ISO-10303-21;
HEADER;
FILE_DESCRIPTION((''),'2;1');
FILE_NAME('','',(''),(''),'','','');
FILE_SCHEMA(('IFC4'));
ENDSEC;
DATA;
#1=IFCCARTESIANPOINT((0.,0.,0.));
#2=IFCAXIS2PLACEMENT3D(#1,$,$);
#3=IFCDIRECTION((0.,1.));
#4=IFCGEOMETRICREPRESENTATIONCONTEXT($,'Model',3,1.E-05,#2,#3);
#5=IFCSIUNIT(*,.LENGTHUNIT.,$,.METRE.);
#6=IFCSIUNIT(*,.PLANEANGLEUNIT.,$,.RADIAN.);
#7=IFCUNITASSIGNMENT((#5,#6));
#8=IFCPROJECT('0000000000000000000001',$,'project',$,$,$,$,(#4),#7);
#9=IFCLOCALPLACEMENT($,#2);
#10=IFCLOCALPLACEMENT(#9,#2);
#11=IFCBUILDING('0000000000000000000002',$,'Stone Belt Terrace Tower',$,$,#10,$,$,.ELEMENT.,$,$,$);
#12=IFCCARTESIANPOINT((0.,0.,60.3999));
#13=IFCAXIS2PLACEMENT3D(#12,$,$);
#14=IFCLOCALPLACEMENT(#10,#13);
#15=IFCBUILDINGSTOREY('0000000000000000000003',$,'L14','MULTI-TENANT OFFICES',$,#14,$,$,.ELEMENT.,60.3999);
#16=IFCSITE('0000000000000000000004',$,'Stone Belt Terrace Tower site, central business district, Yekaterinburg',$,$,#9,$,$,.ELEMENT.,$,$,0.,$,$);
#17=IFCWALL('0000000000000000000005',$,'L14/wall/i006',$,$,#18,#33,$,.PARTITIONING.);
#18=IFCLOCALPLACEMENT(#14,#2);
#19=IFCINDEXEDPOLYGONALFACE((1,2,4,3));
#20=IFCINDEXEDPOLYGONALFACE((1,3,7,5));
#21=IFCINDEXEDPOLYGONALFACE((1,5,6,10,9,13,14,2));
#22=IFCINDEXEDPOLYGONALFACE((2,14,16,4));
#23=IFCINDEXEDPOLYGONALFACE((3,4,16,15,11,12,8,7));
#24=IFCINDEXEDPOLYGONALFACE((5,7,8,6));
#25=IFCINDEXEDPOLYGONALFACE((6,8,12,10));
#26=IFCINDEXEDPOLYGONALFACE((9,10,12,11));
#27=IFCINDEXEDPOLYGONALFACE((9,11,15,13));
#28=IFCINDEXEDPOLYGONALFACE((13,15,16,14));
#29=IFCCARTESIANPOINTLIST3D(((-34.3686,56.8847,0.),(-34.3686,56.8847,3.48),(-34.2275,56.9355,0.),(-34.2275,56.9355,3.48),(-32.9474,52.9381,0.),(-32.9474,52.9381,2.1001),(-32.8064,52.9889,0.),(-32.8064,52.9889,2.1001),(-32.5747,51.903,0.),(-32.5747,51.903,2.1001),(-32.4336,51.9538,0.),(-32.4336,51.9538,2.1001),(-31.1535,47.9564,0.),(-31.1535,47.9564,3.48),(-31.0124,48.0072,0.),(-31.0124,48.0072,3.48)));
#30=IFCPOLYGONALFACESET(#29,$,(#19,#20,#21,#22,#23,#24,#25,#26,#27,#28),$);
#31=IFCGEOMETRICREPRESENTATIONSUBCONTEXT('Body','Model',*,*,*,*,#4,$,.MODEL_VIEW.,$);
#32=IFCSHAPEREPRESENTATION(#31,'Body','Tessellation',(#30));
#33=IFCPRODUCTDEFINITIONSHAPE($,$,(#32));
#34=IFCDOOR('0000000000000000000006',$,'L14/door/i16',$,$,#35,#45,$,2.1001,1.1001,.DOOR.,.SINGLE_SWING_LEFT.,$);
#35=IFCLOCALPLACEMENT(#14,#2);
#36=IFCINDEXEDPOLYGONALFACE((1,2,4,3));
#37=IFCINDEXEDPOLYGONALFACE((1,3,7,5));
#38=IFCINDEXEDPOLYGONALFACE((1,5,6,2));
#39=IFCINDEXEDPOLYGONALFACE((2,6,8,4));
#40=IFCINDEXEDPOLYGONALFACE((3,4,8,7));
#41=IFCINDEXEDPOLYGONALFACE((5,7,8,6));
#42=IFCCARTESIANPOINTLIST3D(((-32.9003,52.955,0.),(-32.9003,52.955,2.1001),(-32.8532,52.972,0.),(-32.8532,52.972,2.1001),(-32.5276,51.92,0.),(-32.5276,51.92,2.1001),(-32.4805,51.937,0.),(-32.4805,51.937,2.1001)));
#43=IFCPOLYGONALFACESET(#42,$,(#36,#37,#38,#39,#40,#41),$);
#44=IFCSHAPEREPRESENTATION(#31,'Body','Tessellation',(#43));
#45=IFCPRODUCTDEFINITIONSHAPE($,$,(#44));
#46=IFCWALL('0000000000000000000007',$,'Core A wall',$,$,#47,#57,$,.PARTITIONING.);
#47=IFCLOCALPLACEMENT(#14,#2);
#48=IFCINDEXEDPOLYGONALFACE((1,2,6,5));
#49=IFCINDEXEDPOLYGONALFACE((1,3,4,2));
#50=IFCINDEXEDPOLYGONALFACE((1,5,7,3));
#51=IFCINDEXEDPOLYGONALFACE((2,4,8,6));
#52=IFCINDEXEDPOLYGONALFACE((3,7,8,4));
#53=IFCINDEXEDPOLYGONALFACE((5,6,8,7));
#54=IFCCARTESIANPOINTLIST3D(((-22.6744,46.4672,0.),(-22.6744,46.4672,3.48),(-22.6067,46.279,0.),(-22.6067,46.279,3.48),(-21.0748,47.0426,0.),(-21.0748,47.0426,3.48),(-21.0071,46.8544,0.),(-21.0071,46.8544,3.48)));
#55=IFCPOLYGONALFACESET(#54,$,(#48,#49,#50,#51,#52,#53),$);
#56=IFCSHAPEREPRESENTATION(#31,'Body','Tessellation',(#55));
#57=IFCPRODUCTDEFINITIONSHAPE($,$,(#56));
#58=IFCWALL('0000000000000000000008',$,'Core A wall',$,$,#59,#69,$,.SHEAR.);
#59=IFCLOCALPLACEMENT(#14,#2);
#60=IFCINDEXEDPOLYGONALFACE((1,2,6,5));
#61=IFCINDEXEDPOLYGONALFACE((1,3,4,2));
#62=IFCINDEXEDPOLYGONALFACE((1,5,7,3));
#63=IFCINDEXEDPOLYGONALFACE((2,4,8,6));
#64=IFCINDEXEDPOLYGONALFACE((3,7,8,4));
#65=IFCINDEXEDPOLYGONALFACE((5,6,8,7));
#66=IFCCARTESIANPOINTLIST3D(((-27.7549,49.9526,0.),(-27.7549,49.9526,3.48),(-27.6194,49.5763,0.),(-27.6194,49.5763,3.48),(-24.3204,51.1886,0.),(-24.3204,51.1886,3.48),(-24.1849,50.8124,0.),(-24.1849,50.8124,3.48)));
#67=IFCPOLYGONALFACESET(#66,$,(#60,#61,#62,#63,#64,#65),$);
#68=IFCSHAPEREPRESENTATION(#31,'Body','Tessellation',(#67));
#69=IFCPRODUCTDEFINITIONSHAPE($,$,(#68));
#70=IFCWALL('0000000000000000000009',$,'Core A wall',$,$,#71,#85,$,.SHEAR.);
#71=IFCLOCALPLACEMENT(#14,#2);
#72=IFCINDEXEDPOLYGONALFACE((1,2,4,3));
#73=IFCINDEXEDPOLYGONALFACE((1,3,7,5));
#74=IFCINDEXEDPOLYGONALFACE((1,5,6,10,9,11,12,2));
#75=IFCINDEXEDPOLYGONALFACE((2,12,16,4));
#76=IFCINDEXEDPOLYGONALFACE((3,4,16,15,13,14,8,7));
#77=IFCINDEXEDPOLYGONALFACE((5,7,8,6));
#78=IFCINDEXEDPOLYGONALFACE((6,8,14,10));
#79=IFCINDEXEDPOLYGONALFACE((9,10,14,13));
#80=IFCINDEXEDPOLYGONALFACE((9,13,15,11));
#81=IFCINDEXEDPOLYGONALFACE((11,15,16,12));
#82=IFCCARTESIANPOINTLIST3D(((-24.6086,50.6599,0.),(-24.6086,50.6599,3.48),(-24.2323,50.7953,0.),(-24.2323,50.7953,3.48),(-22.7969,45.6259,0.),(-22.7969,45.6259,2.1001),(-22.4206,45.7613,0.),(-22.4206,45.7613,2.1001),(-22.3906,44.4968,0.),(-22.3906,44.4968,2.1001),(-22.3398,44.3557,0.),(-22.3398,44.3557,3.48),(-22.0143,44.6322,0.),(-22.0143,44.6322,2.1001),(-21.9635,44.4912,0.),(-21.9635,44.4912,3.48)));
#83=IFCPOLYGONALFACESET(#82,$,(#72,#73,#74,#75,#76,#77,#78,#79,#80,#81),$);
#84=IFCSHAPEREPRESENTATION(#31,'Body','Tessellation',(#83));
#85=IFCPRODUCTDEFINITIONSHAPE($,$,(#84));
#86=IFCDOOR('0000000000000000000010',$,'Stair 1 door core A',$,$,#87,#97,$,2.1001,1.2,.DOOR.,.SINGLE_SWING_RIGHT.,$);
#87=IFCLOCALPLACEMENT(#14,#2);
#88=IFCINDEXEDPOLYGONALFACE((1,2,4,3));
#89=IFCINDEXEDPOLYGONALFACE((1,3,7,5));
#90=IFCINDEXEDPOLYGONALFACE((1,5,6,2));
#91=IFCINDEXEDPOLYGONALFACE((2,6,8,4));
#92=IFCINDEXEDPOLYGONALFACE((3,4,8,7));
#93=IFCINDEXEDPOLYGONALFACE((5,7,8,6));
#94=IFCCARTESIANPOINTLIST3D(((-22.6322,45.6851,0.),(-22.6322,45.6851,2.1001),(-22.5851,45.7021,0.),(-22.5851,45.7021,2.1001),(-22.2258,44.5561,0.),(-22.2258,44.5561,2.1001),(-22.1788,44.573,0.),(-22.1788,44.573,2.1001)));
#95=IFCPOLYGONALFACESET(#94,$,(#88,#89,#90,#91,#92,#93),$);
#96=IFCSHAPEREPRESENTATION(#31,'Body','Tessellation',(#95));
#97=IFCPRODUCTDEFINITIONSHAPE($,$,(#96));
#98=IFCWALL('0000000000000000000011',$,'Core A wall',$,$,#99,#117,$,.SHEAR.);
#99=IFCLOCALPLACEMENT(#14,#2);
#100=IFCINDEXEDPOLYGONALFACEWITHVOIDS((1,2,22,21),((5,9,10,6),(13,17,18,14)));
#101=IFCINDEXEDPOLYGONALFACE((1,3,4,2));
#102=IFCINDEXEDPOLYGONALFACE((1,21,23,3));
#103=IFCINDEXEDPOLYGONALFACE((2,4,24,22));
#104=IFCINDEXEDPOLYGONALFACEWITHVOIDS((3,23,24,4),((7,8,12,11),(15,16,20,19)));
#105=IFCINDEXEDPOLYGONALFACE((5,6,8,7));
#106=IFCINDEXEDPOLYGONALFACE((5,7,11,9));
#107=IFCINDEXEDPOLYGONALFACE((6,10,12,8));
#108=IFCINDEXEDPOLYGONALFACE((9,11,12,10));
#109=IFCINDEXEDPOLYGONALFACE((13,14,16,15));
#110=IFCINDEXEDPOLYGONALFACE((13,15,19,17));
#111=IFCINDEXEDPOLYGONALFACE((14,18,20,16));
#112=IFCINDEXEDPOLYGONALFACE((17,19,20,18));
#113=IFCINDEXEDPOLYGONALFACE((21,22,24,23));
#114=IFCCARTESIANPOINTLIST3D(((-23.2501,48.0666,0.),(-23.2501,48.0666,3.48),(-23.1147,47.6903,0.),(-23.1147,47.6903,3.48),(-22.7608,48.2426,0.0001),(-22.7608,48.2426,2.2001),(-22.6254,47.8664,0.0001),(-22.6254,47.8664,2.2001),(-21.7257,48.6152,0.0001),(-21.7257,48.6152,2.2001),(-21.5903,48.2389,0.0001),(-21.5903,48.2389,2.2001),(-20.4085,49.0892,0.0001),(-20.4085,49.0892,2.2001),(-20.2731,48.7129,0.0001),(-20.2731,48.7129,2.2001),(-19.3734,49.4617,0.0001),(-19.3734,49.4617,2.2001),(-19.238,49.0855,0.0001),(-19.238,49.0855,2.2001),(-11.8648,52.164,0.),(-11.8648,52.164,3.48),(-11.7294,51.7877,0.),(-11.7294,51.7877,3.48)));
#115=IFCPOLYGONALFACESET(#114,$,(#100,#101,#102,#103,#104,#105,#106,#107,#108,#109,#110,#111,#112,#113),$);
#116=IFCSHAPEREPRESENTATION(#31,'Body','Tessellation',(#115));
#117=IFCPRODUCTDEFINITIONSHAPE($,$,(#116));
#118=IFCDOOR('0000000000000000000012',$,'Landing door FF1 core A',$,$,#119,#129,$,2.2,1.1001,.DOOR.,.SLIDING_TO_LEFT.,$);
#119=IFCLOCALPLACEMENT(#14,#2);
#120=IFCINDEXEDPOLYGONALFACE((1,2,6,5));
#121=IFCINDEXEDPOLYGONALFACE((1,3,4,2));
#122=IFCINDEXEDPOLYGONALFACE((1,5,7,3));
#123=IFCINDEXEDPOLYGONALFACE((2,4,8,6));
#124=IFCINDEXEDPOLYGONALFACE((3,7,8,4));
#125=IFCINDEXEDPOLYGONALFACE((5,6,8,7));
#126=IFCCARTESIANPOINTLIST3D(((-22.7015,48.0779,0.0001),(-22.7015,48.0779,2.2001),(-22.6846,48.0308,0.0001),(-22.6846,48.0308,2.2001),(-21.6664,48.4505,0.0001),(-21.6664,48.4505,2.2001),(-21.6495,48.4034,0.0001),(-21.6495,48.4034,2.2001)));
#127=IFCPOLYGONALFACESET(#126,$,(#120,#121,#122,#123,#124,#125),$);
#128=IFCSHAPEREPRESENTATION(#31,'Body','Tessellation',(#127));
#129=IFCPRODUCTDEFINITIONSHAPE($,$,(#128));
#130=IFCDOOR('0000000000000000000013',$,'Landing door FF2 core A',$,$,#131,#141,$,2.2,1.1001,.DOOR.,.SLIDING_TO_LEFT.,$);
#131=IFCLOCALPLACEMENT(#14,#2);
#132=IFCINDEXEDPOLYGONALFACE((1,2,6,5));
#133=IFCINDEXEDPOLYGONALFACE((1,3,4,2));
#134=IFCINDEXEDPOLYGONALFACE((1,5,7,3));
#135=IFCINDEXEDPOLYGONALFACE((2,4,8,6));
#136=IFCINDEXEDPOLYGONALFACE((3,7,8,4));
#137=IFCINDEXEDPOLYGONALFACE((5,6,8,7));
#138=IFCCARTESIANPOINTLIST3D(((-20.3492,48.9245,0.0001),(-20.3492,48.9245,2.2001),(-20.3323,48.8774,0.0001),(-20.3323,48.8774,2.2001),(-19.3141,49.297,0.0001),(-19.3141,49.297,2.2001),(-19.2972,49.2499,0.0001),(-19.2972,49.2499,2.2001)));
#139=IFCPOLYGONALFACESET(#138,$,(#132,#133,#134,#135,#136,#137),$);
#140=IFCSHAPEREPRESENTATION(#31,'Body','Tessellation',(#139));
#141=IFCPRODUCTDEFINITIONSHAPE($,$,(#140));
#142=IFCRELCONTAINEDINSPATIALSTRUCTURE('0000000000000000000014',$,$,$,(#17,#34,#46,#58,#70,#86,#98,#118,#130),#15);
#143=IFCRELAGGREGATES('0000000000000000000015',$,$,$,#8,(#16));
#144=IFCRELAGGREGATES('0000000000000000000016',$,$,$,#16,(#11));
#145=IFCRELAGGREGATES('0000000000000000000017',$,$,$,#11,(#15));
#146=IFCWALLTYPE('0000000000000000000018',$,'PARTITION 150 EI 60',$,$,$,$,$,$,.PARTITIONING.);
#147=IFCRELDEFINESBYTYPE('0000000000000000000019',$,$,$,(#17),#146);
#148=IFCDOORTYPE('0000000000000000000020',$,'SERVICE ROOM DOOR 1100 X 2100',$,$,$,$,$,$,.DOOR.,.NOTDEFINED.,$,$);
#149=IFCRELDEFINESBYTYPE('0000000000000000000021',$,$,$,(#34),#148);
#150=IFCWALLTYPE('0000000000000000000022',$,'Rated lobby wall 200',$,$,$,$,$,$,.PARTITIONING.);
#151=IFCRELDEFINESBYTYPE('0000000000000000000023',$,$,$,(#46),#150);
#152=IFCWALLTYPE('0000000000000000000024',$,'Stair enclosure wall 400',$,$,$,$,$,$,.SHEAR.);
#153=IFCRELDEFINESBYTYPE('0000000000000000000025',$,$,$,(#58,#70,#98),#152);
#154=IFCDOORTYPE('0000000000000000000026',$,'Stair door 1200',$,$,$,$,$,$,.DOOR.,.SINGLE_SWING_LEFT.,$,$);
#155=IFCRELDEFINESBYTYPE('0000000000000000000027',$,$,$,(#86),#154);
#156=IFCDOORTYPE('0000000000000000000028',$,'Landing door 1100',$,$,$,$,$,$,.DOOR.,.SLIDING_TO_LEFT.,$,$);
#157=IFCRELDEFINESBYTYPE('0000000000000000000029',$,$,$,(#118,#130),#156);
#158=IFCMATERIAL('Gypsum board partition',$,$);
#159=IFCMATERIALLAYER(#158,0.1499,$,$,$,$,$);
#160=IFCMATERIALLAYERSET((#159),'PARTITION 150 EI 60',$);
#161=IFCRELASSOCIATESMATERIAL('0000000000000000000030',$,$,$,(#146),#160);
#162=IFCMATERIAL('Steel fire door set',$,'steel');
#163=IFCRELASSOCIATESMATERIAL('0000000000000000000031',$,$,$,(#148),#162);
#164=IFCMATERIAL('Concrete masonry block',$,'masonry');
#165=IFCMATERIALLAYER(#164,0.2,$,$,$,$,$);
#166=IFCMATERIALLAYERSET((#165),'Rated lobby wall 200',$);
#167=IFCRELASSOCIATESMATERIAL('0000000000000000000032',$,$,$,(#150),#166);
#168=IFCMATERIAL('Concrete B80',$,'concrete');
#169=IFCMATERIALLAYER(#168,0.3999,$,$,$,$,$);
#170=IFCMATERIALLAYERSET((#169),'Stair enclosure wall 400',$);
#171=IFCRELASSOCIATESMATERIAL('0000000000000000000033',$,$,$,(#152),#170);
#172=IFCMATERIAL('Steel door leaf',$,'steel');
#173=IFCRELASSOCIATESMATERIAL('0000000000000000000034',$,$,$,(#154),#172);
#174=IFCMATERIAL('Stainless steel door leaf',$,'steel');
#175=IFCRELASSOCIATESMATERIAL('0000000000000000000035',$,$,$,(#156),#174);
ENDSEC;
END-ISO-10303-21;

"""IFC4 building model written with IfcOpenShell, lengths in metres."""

from ifc_helpers import new_model, si_unit, direction, frame, frame_2d, origin, place, context, subcontext, project, spatial, rectangle, extrude, material, layer, layer_set, type_object, element, fill, save


model = new_model("IFC4")

# Units and contexts
model_context = context("Model", 3, precision=1e-05, world=origin(), true_north=direction((0.0, 1.0)))
body_context = subcontext(model_context, "Body", "Model", "MODEL_VIEW")
ifc_project = project(units=[si_unit("LENGTHUNIT", "METRE"), si_unit("PLANEANGLEUNIT", "RADIAN")], contexts=[model_context])

# Site, building, storey
site_placement = place(None, origin())
site = spatial("IfcSite", under=ifc_project, at=site_placement, Name="Stone Belt Terrace Tower site, central business district, Yekaterinburg", CompositionType="ELEMENT", RefElevation=0.0)
building_placement = place(site_placement, origin())
building = spatial("IfcBuilding", under=site, at=building_placement, Name="Stone Belt Terrace Tower", CompositionType="ELEMENT")
storey_placement = place(building_placement, frame((0.0, 0.0, 60.3999)))
storey = spatial("IfcBuildingStorey", under=building, at=storey_placement, Name="L14", Description="MULTI-TENANT OFFICES", CompositionType="ELEMENT", Elevation=60.3999)

# Wall, opening, door
ifc_material_1 = material(Name="Gypsum board partition")
ifc_layer_1 = layer(ifc_material_1, 0.1499)
ifc_layer_set_1 = layer_set([ifc_layer_1], Name="PARTITION 150 EI 60")
wall_type_1 = type_object("IfcWallType", Name="PARTITION 150 EI 60", PredefinedType="PARTITIONING", material=ifc_layer_set_1)
wall_1_placement = place(storey_placement, frame((-31.083, 47.9819, 0.0), z_axis=(0.0, 0.0, 1.0), x_axis=(-0.338806, 0.940856, 0.0)))
wall_1 = element("IfcWall", 1, at=wall_1_placement, inside=storey, type_object=wall_type_1, Name="L14/wall/i006", PredefinedType="PARTITIONING", context=body_context, shape_type="SweptSolid", body=[
    extrude(rectangle(XDim=9.4895, YDim=0.1499, at=frame_2d((4.7446, 0.0))), origin(), (0.0, 0.0, 1.0), 3.48),
])
opening_1_placement = place(wall_1_placement, frame((4.1946, 0.0, 0.0)))
opening_1 = element("IfcOpeningElement", 2, at=opening_1_placement, cuts=wall_1, PredefinedType="OPENING", context=body_context, shape_type="SweptSolid", body=[
    extrude(rectangle(XDim=1.1001, YDim=2.1001, at=frame_2d((0.55, 1.05))), frame((0.0, 0.085, 0.0), z_axis=(0.0, -1.0, 0.0), x_axis=(1.0, 0.0, 0.0)), (0.0, 0.0, 1.0), 0.1699),
])
ifc_material_2 = material(Name="Steel fire door set", Category="steel")
door_type_1 = type_object("IfcDoorType", Name="SERVICE ROOM DOOR 1100 X 2100", OperationType="NOTDEFINED", PredefinedType="DOOR", material=ifc_material_2)
door_1_placement = place(opening_1_placement, origin())
door_1 = element("IfcDoor", 3, at=door_1_placement, inside=storey, type_object=door_type_1, Name="L14/door/i16", OperationType="SINGLE_SWING_LEFT", OverallHeight=2.1001, OverallWidth=1.1001, PredefinedType="DOOR", context=body_context, shape_type="SweptSolid", body=[
    extrude(rectangle(XDim=1.1001, YDim=2.1001, at=frame_2d((0.55, 1.05))), frame((0.0, 0.0249, 0.0), z_axis=(0.0, -1.0, 0.0), x_axis=(1.0, 0.0, 0.0)), (0.0, 0.0, 1.0), 0.05),
])
fill(opening_1, door_1)

# Walls
ifc_material_3 = material(Name="Concrete masonry block", Category="masonry")
ifc_layer_2 = layer(ifc_material_3, 0.2)
ifc_layer_set_2 = layer_set([ifc_layer_2], Name="Rated lobby wall 200")
wall_type_2 = type_object("IfcWallType", Name="Rated lobby wall 200", PredefinedType="PARTITIONING", material=ifc_layer_set_2)
wall_2_placement = place(storey_placement, frame((-22.6406, 46.373, 0.0), z_axis=(0.0, 0.0, 1.0), x_axis=(0.940966, 0.338501, 0.0)))
element("IfcWall", 4, at=wall_2_placement, inside=storey, type_object=wall_type_2, Name="Core A wall", PredefinedType="PARTITIONING", context=body_context, shape_type="SweptSolid", body=[
    extrude(rectangle(XDim=1.7, YDim=0.2, at=frame_2d((0.8501, 0.0))), origin(), (0.0, 0.0, 1.0), 3.48),
])
ifc_material_4 = material(Name="Concrete B80", Category="concrete")
ifc_layer_3 = layer(ifc_material_4, 0.3999)
ifc_layer_set_3 = layer_set([ifc_layer_3], Name="Stair enclosure wall 400")
wall_type_3 = type_object("IfcWallType", Name="Stair enclosure wall 400", PredefinedType="SHEAR", material=ifc_layer_set_3)
wall_3_placement = place(storey_placement, frame((-27.6873, 49.7644, 0.0), z_axis=(0.0, 0.0, 1.0), x_axis=(0.940919, 0.338632, 0.0)))
element("IfcWall", 5, at=wall_3_placement, inside=storey, type_object=wall_type_3, Name="Core A wall", PredefinedType="SHEAR", context=body_context, shape_type="SweptSolid", body=[
    extrude(rectangle(XDim=3.6501, YDim=0.3999, at=frame_2d((1.8252, 0.0))), origin(), (0.0, 0.0, 1.0), 3.48),
])

# Wall, opening, door
wall_4_placement = place(storey_placement, frame((-22.1516, 44.4233, 0.0), z_axis=(0.0, 0.0, 1.0), x_axis=(-0.338625, 0.940921, 0.0)))
wall_4 = element("IfcWall", 6, at=wall_4_placement, inside=storey, type_object=wall_type_3, Name="Core A wall", PredefinedType="SHEAR", context=body_context, shape_type="SweptSolid", body=[
    extrude(rectangle(XDim=6.7, YDim=0.3999, at=frame_2d((3.3501, 0.0))), origin(), (0.0, 0.0, 1.0), 3.48),
])
opening_2_placement = place(wall_4_placement, frame((0.1499, 0.0, 0.0)))
opening_2 = element("IfcOpeningElement", 7, at=opening_2_placement, cuts=wall_4, PredefinedType="OPENING", context=body_context, shape_type="SweptSolid", body=[
    extrude(rectangle(XDim=1.2, YDim=2.1001, at=frame_2d((0.6001, 1.05))), frame((0.0, 0.21, 0.0), z_axis=(0.0, -1.0, 0.0), x_axis=(1.0, 0.0, 0.0)), (0.0, 0.0, 1.0), 0.4199),
])
ifc_material_5 = material(Name="Steel door leaf", Category="steel")
door_type_2 = type_object("IfcDoorType", Name="Stair door 1200", OperationType="SINGLE_SWING_LEFT", PredefinedType="DOOR", material=ifc_material_5)
door_2_placement = place(opening_2_placement, origin())
door_2 = element("IfcDoor", 8, at=door_2_placement, inside=storey, type_object=door_type_2, Name="Stair 1 door core A", OperationType="SINGLE_SWING_RIGHT", OverallHeight=2.1001, OverallWidth=1.2, PredefinedType="DOOR", context=body_context, shape_type="SweptSolid", body=[
    extrude(rectangle(XDim=1.2, YDim=2.1001, at=frame_2d((0.6001, 1.05))), frame((0.0, 0.0249, 0.0), z_axis=(0.0, -1.0, 0.0), x_axis=(1.0, 0.0, 0.0)), (0.0, 0.0, 1.0), 0.05),
])
fill(opening_2, door_2)

# Wall, openings, doors
wall_5_placement = place(storey_placement, frame((-23.1824, 47.8784, 0.0), z_axis=(0.0, 0.0, 1.0), x_axis=(0.940921, 0.338626, 0.0)))
wall_5 = element("IfcWall", 9, at=wall_5_placement, inside=storey, type_object=wall_type_3, Name="Core A wall", PredefinedType="SHEAR", context=body_context, shape_type="SweptSolid", body=[
    extrude(rectangle(XDim=12.1001, YDim=0.3999, at=frame_2d((6.05, 0.0))), origin(), (0.0, 0.0, 1.0), 3.48),
])
opening_3_placement = place(wall_5_placement, frame((0.52, 0.0, 0.0)))
opening_3 = element("IfcOpeningElement", 10, at=opening_3_placement, cuts=wall_5, PredefinedType="OPENING", context=body_context, shape_type="SweptSolid", body=[
    extrude(rectangle(XDim=1.1001, YDim=2.2, at=frame_2d((0.55, 1.1001))), frame((0.0, 0.21, 0.0), z_axis=(0.0, -1.0, 0.0), x_axis=(1.0, 0.0, 0.0)), (0.0, 0.0, 1.0), 0.4199),
])
opening_4_placement = place(wall_5_placement, frame((3.02, 0.0, 0.0)))
opening_4 = element("IfcOpeningElement", 11, at=opening_4_placement, cuts=wall_5, PredefinedType="OPENING", context=body_context, shape_type="SweptSolid", body=[
    extrude(rectangle(XDim=1.1001, YDim=2.2, at=frame_2d((0.55, 1.1001))), frame((0.0, 0.21, 0.0), z_axis=(0.0, -1.0, 0.0), x_axis=(1.0, 0.0, 0.0)), (0.0, 0.0, 1.0), 0.4199),
])
ifc_material_6 = material(Name="Stainless steel door leaf", Category="steel")
door_type_3 = type_object("IfcDoorType", Name="Landing door 1100", OperationType="SLIDING_TO_LEFT", PredefinedType="DOOR", material=ifc_material_6)
door_3_placement = place(opening_3_placement, origin())
door_3 = element("IfcDoor", 12, at=door_3_placement, inside=storey, type_object=door_type_3, Name="Landing door FF1 core A", OperationType="SLIDING_TO_LEFT", OverallHeight=2.2, OverallWidth=1.1001, PredefinedType="DOOR", context=body_context, shape_type="SweptSolid", body=[
    extrude(rectangle(XDim=1.1001, YDim=2.2, at=frame_2d((0.55, 1.1001))), frame((0.0, 0.0249, 0.0), z_axis=(0.0, -1.0, 0.0), x_axis=(1.0, 0.0, 0.0)), (0.0, 0.0, 1.0), 0.05),
])
fill(opening_3, door_3)
door_4_placement = place(opening_4_placement, origin())
door_4 = element("IfcDoor", 13, at=door_4_placement, inside=storey, type_object=door_type_3, Name="Landing door FF2 core A", OperationType="SLIDING_TO_LEFT", OverallHeight=2.2, OverallWidth=1.1001, PredefinedType="DOOR", context=body_context, shape_type="SweptSolid", body=[
    extrude(rectangle(XDim=1.1001, YDim=2.2, at=frame_2d((0.55, 1.1001))), frame((0.0, 0.0249, 0.0), z_axis=(0.0, -1.0, 0.0), x_axis=(1.0, 0.0, 0.0)), (0.0, 0.0, 1.0), 0.05),
])
fill(opening_4, door_4)

save(model, "model.ifc")
